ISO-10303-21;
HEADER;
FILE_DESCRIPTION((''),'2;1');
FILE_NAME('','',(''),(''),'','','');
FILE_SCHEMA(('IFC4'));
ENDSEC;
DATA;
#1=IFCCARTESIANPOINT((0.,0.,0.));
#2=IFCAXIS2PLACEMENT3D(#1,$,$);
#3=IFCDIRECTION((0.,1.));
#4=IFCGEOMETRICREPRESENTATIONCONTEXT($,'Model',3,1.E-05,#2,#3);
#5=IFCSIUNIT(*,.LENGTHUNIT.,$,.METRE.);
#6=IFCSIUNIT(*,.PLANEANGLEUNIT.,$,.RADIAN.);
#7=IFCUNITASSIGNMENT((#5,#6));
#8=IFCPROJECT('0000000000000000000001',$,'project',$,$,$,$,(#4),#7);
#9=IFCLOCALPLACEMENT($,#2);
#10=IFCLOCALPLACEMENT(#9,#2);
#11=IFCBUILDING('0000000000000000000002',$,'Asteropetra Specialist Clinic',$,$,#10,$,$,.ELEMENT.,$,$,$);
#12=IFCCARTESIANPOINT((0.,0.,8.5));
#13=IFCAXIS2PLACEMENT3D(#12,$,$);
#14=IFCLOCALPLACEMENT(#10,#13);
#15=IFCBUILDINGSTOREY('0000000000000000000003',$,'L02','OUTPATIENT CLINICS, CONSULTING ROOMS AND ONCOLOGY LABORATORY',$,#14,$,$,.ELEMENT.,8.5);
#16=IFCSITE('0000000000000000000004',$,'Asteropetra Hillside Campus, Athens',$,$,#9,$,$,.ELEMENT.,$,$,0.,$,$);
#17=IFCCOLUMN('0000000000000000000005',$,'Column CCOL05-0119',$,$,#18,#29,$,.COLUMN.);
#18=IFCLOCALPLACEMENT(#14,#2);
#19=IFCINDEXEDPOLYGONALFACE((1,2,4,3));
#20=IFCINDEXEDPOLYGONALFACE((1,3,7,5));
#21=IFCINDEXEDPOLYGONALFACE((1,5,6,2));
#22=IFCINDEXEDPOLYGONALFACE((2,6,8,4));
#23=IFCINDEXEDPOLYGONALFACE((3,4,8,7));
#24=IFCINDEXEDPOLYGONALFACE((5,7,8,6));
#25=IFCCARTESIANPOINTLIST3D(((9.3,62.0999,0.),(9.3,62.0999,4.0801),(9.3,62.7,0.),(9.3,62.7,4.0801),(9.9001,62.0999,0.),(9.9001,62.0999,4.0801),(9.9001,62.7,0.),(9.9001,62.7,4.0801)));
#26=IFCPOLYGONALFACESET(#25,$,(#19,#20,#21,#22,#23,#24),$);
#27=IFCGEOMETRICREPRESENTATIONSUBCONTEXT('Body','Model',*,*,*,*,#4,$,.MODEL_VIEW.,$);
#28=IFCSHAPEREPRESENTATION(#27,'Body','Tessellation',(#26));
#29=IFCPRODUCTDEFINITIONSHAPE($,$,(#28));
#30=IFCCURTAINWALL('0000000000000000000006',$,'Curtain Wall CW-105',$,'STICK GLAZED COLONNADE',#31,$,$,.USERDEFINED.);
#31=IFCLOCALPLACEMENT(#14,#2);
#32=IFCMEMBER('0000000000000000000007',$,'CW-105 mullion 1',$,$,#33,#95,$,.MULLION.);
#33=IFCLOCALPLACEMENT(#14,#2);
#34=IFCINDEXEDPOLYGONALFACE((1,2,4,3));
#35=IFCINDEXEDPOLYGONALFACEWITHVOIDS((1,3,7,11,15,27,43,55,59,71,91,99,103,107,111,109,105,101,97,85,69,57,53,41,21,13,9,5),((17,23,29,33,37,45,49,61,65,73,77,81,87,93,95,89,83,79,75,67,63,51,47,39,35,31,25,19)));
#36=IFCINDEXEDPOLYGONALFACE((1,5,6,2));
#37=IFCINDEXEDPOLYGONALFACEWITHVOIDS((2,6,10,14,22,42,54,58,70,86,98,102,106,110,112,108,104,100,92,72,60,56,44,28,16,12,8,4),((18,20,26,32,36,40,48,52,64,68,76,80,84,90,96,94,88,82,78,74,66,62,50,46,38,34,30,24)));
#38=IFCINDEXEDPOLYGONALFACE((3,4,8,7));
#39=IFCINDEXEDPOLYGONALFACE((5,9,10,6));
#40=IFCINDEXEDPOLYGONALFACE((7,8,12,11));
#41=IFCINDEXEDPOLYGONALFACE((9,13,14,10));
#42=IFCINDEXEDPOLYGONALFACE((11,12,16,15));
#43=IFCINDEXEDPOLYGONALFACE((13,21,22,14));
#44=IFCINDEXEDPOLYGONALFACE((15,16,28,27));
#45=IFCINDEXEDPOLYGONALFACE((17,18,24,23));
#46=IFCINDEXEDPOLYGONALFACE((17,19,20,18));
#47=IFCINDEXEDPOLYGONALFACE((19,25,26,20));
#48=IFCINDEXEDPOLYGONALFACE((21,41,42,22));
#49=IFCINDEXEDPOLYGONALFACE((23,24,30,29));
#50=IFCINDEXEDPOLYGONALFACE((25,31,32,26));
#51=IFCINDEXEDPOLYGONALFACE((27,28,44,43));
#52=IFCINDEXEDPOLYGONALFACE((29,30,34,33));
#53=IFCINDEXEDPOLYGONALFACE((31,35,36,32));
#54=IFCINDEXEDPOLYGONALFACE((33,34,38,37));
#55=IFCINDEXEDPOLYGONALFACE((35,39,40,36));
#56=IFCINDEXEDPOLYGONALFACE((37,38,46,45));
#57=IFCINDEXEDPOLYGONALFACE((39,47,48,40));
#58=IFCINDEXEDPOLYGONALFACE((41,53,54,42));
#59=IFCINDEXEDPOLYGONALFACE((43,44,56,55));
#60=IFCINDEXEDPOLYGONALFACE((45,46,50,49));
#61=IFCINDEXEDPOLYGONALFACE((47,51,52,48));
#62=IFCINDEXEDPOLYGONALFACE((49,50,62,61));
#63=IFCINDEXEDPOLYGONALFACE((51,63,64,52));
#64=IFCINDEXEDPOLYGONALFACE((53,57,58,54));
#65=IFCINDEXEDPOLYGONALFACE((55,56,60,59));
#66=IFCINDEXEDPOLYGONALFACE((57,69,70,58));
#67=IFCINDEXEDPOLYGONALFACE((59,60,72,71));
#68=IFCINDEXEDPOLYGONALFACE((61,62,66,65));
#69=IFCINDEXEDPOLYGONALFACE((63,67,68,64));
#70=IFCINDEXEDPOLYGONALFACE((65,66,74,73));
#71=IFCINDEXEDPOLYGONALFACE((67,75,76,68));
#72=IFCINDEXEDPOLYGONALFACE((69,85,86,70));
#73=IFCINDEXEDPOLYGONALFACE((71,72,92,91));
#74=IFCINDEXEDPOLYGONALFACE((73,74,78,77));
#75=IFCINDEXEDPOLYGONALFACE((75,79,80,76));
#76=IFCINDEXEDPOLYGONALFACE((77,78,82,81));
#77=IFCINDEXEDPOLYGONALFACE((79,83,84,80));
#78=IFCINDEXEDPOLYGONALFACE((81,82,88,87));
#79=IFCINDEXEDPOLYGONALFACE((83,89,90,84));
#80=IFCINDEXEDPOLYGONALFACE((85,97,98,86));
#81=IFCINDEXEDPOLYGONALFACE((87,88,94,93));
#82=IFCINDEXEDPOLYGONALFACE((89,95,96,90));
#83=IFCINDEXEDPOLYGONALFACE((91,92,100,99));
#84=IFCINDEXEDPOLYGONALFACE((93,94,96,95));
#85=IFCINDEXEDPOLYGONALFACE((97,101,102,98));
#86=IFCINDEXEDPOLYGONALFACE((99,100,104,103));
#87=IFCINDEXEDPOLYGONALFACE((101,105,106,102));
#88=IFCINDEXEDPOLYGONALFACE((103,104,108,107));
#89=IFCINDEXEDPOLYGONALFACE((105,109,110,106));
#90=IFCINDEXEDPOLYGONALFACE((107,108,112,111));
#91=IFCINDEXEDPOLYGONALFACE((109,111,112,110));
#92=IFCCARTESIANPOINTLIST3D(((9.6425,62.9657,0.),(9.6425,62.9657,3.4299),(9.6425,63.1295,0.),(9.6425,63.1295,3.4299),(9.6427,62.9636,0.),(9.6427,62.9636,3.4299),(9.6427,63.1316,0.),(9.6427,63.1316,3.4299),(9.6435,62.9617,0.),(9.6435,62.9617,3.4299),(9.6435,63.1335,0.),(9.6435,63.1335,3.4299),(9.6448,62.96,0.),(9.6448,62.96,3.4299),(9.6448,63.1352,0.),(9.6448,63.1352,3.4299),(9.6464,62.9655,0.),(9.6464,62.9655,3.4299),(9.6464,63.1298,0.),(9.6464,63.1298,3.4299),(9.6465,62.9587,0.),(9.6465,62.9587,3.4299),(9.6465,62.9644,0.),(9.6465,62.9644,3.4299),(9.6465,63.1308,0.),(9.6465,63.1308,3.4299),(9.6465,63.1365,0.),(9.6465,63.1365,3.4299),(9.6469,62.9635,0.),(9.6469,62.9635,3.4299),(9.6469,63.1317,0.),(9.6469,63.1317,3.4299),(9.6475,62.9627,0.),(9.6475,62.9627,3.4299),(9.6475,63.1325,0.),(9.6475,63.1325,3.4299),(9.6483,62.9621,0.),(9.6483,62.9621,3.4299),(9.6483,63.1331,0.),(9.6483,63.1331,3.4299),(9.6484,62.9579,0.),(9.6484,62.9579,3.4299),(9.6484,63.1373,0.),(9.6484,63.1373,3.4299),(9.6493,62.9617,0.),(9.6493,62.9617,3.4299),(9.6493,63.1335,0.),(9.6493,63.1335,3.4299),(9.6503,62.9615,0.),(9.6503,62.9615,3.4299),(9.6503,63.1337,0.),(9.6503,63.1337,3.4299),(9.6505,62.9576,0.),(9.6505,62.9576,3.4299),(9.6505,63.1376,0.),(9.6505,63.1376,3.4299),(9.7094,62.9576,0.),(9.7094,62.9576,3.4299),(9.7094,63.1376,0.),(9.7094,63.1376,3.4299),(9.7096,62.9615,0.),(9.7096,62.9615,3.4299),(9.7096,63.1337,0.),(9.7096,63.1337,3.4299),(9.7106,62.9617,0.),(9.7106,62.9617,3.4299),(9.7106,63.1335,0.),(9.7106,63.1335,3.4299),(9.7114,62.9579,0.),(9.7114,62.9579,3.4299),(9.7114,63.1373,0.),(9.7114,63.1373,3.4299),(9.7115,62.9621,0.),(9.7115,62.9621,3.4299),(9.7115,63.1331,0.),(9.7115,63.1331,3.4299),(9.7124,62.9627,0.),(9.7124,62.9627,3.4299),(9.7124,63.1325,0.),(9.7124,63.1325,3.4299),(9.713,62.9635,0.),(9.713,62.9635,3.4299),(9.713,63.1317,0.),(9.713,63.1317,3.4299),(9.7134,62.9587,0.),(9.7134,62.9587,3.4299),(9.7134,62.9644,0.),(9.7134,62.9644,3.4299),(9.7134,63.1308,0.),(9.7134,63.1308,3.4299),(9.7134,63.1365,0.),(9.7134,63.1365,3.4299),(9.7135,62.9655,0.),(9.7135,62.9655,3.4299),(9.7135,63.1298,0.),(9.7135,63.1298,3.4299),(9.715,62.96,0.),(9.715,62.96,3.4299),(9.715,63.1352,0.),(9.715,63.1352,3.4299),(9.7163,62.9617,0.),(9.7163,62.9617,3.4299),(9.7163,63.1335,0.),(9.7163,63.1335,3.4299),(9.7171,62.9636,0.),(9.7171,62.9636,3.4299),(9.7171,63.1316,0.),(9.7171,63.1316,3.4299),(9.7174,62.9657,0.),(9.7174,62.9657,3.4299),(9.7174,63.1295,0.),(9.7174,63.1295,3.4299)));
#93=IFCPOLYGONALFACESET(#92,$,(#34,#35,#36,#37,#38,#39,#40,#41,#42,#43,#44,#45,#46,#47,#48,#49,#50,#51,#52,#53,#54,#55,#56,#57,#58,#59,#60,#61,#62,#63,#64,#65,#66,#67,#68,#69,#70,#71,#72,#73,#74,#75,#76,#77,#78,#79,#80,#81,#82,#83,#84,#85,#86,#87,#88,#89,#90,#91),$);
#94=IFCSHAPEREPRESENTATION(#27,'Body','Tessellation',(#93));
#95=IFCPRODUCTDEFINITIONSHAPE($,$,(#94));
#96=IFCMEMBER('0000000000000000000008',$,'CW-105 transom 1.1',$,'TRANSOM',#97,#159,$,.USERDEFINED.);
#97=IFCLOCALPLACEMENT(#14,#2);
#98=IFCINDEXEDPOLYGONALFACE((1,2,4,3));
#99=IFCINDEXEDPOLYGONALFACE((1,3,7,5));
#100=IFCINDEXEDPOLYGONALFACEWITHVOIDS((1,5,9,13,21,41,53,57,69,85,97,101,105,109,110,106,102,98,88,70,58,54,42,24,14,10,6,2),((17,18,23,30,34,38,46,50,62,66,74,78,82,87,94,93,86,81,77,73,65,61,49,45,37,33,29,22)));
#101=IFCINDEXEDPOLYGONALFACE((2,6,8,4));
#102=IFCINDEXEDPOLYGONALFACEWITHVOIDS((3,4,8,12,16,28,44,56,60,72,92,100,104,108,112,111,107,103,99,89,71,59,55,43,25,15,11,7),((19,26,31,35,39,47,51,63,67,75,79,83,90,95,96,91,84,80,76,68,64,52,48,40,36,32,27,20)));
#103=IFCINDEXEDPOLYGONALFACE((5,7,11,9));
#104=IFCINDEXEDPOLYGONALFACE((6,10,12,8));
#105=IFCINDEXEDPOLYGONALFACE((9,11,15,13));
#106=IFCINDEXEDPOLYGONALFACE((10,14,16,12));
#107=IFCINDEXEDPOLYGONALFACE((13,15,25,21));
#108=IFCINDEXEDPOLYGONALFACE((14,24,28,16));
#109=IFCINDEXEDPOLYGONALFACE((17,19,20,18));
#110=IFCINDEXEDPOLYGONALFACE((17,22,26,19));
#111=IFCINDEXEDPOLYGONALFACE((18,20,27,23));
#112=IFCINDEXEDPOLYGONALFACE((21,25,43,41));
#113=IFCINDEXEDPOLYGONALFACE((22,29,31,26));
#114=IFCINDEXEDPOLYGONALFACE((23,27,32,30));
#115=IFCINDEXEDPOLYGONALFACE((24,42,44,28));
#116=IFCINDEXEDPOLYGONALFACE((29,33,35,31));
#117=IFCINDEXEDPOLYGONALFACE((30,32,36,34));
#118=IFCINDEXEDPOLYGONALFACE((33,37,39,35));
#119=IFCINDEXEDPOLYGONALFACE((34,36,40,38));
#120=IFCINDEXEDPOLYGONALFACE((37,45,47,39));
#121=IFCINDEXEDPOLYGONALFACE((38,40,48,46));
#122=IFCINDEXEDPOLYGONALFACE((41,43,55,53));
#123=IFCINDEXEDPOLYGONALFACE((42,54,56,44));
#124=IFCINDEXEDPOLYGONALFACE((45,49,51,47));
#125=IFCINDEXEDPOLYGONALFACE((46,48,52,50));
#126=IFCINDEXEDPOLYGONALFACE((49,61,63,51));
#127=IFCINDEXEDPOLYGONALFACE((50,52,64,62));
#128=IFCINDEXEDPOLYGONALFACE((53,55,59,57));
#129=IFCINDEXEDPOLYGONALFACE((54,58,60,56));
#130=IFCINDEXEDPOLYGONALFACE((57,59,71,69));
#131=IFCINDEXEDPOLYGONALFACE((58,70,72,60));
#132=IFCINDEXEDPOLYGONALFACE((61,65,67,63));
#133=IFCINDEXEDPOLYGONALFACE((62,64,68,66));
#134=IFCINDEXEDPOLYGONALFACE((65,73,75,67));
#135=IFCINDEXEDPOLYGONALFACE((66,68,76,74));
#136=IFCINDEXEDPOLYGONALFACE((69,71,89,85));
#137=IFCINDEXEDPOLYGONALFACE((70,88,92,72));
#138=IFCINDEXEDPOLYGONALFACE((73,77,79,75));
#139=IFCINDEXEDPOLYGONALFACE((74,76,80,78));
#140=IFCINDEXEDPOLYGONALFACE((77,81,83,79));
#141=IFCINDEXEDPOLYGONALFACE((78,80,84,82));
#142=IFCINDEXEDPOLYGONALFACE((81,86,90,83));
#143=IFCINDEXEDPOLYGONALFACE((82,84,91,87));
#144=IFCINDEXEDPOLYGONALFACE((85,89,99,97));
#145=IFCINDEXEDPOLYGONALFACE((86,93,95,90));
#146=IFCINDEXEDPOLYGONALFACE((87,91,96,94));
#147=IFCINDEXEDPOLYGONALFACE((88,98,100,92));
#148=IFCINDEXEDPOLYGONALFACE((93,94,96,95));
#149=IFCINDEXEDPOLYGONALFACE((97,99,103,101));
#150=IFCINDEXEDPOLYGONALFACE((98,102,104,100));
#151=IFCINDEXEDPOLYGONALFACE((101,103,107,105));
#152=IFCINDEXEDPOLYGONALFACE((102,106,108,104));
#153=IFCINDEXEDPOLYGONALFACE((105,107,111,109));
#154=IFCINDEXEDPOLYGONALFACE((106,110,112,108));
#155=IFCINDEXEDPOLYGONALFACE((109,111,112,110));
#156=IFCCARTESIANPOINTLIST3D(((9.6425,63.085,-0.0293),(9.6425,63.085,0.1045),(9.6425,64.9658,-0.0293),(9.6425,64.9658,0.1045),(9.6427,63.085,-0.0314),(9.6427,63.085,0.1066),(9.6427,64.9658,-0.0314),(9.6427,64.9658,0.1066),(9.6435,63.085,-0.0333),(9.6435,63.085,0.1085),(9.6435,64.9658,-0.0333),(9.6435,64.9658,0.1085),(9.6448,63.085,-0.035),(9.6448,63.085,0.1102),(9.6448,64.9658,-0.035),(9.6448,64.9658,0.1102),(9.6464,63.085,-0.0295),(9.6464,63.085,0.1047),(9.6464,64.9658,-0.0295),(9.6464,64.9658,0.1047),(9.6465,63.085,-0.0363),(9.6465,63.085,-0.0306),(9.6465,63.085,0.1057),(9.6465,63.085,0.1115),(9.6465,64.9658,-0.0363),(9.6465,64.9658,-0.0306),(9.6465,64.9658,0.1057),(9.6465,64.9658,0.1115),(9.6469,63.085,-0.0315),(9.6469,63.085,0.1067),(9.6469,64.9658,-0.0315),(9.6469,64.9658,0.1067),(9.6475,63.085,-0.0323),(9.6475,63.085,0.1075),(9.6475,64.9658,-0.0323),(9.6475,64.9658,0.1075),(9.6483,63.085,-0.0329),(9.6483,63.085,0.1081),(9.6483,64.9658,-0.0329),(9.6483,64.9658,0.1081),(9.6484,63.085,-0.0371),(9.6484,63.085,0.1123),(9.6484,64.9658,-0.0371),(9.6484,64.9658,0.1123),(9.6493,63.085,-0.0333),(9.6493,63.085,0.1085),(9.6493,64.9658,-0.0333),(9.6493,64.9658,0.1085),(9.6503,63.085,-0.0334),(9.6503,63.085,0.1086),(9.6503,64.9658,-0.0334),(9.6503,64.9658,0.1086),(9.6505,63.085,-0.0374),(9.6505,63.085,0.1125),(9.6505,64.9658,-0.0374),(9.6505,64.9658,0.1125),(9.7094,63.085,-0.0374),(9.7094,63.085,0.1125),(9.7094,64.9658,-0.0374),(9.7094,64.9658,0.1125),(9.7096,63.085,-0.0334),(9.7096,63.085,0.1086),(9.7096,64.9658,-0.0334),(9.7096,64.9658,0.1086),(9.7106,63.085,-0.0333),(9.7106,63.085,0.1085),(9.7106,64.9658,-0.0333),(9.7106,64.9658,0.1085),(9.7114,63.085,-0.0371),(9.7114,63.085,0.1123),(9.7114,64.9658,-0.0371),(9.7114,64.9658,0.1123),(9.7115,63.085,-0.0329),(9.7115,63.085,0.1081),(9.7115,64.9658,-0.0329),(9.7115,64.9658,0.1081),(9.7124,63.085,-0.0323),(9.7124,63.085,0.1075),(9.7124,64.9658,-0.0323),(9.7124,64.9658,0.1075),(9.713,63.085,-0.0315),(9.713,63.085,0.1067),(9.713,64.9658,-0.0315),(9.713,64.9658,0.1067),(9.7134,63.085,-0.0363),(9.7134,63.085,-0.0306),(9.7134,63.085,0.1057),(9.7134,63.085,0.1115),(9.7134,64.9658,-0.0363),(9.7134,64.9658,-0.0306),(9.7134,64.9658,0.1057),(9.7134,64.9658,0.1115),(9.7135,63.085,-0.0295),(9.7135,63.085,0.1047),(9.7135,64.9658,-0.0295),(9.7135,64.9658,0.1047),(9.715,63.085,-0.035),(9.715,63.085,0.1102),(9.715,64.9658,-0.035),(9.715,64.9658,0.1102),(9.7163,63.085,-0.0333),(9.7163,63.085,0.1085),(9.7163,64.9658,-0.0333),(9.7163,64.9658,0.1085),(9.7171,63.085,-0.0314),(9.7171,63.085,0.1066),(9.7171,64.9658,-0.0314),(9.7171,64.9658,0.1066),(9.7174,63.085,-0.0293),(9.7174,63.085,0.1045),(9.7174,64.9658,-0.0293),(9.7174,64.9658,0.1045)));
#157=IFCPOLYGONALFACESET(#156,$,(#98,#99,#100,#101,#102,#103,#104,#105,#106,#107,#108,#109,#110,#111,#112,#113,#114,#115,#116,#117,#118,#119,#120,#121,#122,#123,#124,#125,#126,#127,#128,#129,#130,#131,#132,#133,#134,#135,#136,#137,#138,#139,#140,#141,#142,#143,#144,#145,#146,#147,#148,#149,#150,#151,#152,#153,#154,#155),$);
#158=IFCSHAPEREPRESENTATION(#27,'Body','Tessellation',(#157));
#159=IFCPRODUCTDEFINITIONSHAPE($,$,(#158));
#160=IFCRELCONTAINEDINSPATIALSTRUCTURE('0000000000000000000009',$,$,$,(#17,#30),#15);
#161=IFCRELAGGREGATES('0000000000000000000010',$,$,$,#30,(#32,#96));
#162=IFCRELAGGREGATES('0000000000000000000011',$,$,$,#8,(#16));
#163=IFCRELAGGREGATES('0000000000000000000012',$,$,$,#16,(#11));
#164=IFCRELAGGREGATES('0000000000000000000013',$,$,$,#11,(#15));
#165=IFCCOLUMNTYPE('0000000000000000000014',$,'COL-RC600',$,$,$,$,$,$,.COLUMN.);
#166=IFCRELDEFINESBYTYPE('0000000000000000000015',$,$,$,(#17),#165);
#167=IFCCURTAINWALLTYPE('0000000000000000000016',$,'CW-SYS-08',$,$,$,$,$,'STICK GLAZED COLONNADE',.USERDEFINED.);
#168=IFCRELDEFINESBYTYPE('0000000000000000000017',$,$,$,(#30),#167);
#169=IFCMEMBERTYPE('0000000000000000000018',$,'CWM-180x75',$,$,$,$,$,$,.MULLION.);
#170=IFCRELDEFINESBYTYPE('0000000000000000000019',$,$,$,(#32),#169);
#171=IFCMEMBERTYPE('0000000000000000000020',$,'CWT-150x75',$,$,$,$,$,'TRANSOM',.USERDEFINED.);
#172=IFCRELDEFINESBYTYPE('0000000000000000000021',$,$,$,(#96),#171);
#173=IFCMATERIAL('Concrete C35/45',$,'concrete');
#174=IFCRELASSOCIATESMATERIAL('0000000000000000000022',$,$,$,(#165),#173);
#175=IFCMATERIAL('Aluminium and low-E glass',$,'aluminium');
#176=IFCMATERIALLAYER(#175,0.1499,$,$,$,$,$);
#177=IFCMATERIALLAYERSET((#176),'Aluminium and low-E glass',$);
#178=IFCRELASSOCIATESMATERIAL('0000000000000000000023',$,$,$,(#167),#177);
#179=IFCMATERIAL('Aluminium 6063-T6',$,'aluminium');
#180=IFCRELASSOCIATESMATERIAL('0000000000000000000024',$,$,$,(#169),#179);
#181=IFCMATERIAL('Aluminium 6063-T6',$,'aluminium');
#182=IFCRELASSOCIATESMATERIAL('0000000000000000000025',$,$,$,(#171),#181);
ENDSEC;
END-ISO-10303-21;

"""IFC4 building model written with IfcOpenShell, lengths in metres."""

from ifc_helpers import new_model, si_unit, direction, frame, origin, origin_2d, place, context, subcontext, project, spatial, rectangle, hollow_rectangle, extrude, material, layer, layer_set, material_profile, profile_set, type_object, element, aggregate, save


model = new_model("IFC4")

# Units and contexts
model_context = context("Model", 3, precision=1e-05, world=origin(), true_north=direction((0.0, 1.0)))
body_context = subcontext(model_context, "Body", "Model", "MODEL_VIEW")
ifc_project = project(units=[si_unit("LENGTHUNIT", "METRE"), si_unit("PLANEANGLEUNIT", "RADIAN")], contexts=[model_context])

# Site, building, storey
site_placement = place(None, origin())
site = spatial("IfcSite", under=ifc_project, at=site_placement, Name="Asteropetra Hillside Campus, Athens", CompositionType="ELEMENT", RefElevation=0.0)
building_placement = place(site_placement, origin())
building = spatial("IfcBuilding", under=site, at=building_placement, Name="Asteropetra Specialist Clinic", CompositionType="ELEMENT")
storey_placement = place(building_placement, frame((0.0, 0.0, 8.5)))
storey = spatial("IfcBuildingStorey", under=building, at=storey_placement, Name="L02", Description="OUTPATIENT CLINICS, CONSULTING ROOMS AND ONCOLOGY LABORATORY", CompositionType="ELEMENT", Elevation=8.5)

# Column
ifc_material_1 = material(Name="Concrete C35/45", Category="concrete")
ifc_material_profile_1 = material_profile(ifc_material_1, rectangle(XDim=0.6001, YDim=0.6001, at=origin_2d()), Name="RC 600x600")
ifc_profile_set_1 = profile_set([ifc_material_profile_1], Name="Concrete C35/45")
column_type = type_object("IfcColumnType", Name="COL-RC600", PredefinedType="COLUMN", material=ifc_profile_set_1)
column_placement = place(storey_placement, frame((9.6001, 62.3999, 0.0), z_axis=(0.0, 0.0, 1.0), x_axis=(1.0, 0.0, 0.0)))
element("IfcColumn", 1, at=column_placement, inside=storey, type_object=column_type, Name="Column CCOL05-0119", PredefinedType="COLUMN", context=body_context, shape_type="SweptSolid", body=[
    extrude(rectangle(XDim=0.6001, YDim=0.6001, at=origin_2d()), origin(), (0.0, 0.0, 1.0), 4.0801),
])

# Curtain wall, members
ifc_material_2 = material(Name="Aluminium and low-E glass", Category="aluminium")
ifc_layer_1 = layer(ifc_material_2, 0.1499)
ifc_layer_set_1 = layer_set([ifc_layer_1], Name="Aluminium and low-E glass")
curtain_wall_type = type_object("IfcCurtainWallType", Name="CW-SYS-08", ElementType="STICK GLAZED COLONNADE", PredefinedType="USERDEFINED", material=ifc_layer_set_1)
curtain_wall_placement = place(storey_placement, origin())
curtain_wall = element("IfcCurtainWall", 2, at=curtain_wall_placement, inside=storey, type_object=curtain_wall_type, Name="Curtain Wall CW-105", ObjectType="STICK GLAZED COLONNADE", PredefinedType="USERDEFINED")
ifc_material_3 = material(Name="Aluminium 6063-T6", Category="aluminium")
ifc_material_profile_2 = material_profile(ifc_material_3, hollow_rectangle(XDim=0.075, YDim=0.1799, WallThickness=0.0039, InnerFilletRadius=0.0039, OuterFilletRadius=0.0081, at=origin_2d()), Name="MUL 180x75x4.0")
ifc_profile_set_2 = profile_set([ifc_material_profile_2], Name="Aluminium 6063-T6")
member_type_1 = type_object("IfcMemberType", Name="CWM-180x75", PredefinedType="MULLION", material=ifc_profile_set_2)
member_1_placement = place(storey_placement, frame((9.6799, 63.0476, 0.0), z_axis=(0.0, 0.0, 1.0), x_axis=(-1.0, 0.0, 0.0)))
member_1 = element("IfcMember", 3, at=member_1_placement, type_object=member_type_1, Name="CW-105 mullion 1", PredefinedType="MULLION", context=body_context, shape_type="SweptSolid", body=[
    extrude(hollow_rectangle(XDim=0.075, YDim=0.1799, WallThickness=0.0039, InnerFilletRadius=0.0039, OuterFilletRadius=0.0081, at=origin_2d()), origin(), (0.0, 0.0, 1.0), 3.4299),
])
ifc_material_4 = material(Name="Aluminium 6063-T6", Category="aluminium")
ifc_material_profile_3 = material_profile(ifc_material_4, hollow_rectangle(XDim=0.075, YDim=0.1499, WallThickness=0.0039, InnerFilletRadius=0.0039, OuterFilletRadius=0.0081, at=origin_2d()), Name="TRN 150x75x4.0")
ifc_profile_set_3 = profile_set([ifc_material_profile_3], Name="Aluminium 6063-T6")
member_type_2 = type_object("IfcMemberType", Name="CWT-150x75", ElementType="TRANSOM", PredefinedType="USERDEFINED", material=ifc_profile_set_3)
member_2_placement = place(storey_placement, frame((9.6799, 63.085, 0.0376), z_axis=(0.0, 1.0, 0.0), x_axis=(-1.0, 0.0, 0.0)))
member_2 = element("IfcMember", 4, at=member_2_placement, type_object=member_type_2, Name="CW-105 transom 1.1", ObjectType="TRANSOM", PredefinedType="USERDEFINED", context=body_context, shape_type="SweptSolid", body=[
    extrude(hollow_rectangle(XDim=0.075, YDim=0.1499, WallThickness=0.0039, InnerFilletRadius=0.0039, OuterFilletRadius=0.0081, at=origin_2d()), origin(), (0.0, 0.0, 1.0), 1.8809),
])
aggregate(curtain_wall, [member_1, member_2])

save(model, "model.ifc")
